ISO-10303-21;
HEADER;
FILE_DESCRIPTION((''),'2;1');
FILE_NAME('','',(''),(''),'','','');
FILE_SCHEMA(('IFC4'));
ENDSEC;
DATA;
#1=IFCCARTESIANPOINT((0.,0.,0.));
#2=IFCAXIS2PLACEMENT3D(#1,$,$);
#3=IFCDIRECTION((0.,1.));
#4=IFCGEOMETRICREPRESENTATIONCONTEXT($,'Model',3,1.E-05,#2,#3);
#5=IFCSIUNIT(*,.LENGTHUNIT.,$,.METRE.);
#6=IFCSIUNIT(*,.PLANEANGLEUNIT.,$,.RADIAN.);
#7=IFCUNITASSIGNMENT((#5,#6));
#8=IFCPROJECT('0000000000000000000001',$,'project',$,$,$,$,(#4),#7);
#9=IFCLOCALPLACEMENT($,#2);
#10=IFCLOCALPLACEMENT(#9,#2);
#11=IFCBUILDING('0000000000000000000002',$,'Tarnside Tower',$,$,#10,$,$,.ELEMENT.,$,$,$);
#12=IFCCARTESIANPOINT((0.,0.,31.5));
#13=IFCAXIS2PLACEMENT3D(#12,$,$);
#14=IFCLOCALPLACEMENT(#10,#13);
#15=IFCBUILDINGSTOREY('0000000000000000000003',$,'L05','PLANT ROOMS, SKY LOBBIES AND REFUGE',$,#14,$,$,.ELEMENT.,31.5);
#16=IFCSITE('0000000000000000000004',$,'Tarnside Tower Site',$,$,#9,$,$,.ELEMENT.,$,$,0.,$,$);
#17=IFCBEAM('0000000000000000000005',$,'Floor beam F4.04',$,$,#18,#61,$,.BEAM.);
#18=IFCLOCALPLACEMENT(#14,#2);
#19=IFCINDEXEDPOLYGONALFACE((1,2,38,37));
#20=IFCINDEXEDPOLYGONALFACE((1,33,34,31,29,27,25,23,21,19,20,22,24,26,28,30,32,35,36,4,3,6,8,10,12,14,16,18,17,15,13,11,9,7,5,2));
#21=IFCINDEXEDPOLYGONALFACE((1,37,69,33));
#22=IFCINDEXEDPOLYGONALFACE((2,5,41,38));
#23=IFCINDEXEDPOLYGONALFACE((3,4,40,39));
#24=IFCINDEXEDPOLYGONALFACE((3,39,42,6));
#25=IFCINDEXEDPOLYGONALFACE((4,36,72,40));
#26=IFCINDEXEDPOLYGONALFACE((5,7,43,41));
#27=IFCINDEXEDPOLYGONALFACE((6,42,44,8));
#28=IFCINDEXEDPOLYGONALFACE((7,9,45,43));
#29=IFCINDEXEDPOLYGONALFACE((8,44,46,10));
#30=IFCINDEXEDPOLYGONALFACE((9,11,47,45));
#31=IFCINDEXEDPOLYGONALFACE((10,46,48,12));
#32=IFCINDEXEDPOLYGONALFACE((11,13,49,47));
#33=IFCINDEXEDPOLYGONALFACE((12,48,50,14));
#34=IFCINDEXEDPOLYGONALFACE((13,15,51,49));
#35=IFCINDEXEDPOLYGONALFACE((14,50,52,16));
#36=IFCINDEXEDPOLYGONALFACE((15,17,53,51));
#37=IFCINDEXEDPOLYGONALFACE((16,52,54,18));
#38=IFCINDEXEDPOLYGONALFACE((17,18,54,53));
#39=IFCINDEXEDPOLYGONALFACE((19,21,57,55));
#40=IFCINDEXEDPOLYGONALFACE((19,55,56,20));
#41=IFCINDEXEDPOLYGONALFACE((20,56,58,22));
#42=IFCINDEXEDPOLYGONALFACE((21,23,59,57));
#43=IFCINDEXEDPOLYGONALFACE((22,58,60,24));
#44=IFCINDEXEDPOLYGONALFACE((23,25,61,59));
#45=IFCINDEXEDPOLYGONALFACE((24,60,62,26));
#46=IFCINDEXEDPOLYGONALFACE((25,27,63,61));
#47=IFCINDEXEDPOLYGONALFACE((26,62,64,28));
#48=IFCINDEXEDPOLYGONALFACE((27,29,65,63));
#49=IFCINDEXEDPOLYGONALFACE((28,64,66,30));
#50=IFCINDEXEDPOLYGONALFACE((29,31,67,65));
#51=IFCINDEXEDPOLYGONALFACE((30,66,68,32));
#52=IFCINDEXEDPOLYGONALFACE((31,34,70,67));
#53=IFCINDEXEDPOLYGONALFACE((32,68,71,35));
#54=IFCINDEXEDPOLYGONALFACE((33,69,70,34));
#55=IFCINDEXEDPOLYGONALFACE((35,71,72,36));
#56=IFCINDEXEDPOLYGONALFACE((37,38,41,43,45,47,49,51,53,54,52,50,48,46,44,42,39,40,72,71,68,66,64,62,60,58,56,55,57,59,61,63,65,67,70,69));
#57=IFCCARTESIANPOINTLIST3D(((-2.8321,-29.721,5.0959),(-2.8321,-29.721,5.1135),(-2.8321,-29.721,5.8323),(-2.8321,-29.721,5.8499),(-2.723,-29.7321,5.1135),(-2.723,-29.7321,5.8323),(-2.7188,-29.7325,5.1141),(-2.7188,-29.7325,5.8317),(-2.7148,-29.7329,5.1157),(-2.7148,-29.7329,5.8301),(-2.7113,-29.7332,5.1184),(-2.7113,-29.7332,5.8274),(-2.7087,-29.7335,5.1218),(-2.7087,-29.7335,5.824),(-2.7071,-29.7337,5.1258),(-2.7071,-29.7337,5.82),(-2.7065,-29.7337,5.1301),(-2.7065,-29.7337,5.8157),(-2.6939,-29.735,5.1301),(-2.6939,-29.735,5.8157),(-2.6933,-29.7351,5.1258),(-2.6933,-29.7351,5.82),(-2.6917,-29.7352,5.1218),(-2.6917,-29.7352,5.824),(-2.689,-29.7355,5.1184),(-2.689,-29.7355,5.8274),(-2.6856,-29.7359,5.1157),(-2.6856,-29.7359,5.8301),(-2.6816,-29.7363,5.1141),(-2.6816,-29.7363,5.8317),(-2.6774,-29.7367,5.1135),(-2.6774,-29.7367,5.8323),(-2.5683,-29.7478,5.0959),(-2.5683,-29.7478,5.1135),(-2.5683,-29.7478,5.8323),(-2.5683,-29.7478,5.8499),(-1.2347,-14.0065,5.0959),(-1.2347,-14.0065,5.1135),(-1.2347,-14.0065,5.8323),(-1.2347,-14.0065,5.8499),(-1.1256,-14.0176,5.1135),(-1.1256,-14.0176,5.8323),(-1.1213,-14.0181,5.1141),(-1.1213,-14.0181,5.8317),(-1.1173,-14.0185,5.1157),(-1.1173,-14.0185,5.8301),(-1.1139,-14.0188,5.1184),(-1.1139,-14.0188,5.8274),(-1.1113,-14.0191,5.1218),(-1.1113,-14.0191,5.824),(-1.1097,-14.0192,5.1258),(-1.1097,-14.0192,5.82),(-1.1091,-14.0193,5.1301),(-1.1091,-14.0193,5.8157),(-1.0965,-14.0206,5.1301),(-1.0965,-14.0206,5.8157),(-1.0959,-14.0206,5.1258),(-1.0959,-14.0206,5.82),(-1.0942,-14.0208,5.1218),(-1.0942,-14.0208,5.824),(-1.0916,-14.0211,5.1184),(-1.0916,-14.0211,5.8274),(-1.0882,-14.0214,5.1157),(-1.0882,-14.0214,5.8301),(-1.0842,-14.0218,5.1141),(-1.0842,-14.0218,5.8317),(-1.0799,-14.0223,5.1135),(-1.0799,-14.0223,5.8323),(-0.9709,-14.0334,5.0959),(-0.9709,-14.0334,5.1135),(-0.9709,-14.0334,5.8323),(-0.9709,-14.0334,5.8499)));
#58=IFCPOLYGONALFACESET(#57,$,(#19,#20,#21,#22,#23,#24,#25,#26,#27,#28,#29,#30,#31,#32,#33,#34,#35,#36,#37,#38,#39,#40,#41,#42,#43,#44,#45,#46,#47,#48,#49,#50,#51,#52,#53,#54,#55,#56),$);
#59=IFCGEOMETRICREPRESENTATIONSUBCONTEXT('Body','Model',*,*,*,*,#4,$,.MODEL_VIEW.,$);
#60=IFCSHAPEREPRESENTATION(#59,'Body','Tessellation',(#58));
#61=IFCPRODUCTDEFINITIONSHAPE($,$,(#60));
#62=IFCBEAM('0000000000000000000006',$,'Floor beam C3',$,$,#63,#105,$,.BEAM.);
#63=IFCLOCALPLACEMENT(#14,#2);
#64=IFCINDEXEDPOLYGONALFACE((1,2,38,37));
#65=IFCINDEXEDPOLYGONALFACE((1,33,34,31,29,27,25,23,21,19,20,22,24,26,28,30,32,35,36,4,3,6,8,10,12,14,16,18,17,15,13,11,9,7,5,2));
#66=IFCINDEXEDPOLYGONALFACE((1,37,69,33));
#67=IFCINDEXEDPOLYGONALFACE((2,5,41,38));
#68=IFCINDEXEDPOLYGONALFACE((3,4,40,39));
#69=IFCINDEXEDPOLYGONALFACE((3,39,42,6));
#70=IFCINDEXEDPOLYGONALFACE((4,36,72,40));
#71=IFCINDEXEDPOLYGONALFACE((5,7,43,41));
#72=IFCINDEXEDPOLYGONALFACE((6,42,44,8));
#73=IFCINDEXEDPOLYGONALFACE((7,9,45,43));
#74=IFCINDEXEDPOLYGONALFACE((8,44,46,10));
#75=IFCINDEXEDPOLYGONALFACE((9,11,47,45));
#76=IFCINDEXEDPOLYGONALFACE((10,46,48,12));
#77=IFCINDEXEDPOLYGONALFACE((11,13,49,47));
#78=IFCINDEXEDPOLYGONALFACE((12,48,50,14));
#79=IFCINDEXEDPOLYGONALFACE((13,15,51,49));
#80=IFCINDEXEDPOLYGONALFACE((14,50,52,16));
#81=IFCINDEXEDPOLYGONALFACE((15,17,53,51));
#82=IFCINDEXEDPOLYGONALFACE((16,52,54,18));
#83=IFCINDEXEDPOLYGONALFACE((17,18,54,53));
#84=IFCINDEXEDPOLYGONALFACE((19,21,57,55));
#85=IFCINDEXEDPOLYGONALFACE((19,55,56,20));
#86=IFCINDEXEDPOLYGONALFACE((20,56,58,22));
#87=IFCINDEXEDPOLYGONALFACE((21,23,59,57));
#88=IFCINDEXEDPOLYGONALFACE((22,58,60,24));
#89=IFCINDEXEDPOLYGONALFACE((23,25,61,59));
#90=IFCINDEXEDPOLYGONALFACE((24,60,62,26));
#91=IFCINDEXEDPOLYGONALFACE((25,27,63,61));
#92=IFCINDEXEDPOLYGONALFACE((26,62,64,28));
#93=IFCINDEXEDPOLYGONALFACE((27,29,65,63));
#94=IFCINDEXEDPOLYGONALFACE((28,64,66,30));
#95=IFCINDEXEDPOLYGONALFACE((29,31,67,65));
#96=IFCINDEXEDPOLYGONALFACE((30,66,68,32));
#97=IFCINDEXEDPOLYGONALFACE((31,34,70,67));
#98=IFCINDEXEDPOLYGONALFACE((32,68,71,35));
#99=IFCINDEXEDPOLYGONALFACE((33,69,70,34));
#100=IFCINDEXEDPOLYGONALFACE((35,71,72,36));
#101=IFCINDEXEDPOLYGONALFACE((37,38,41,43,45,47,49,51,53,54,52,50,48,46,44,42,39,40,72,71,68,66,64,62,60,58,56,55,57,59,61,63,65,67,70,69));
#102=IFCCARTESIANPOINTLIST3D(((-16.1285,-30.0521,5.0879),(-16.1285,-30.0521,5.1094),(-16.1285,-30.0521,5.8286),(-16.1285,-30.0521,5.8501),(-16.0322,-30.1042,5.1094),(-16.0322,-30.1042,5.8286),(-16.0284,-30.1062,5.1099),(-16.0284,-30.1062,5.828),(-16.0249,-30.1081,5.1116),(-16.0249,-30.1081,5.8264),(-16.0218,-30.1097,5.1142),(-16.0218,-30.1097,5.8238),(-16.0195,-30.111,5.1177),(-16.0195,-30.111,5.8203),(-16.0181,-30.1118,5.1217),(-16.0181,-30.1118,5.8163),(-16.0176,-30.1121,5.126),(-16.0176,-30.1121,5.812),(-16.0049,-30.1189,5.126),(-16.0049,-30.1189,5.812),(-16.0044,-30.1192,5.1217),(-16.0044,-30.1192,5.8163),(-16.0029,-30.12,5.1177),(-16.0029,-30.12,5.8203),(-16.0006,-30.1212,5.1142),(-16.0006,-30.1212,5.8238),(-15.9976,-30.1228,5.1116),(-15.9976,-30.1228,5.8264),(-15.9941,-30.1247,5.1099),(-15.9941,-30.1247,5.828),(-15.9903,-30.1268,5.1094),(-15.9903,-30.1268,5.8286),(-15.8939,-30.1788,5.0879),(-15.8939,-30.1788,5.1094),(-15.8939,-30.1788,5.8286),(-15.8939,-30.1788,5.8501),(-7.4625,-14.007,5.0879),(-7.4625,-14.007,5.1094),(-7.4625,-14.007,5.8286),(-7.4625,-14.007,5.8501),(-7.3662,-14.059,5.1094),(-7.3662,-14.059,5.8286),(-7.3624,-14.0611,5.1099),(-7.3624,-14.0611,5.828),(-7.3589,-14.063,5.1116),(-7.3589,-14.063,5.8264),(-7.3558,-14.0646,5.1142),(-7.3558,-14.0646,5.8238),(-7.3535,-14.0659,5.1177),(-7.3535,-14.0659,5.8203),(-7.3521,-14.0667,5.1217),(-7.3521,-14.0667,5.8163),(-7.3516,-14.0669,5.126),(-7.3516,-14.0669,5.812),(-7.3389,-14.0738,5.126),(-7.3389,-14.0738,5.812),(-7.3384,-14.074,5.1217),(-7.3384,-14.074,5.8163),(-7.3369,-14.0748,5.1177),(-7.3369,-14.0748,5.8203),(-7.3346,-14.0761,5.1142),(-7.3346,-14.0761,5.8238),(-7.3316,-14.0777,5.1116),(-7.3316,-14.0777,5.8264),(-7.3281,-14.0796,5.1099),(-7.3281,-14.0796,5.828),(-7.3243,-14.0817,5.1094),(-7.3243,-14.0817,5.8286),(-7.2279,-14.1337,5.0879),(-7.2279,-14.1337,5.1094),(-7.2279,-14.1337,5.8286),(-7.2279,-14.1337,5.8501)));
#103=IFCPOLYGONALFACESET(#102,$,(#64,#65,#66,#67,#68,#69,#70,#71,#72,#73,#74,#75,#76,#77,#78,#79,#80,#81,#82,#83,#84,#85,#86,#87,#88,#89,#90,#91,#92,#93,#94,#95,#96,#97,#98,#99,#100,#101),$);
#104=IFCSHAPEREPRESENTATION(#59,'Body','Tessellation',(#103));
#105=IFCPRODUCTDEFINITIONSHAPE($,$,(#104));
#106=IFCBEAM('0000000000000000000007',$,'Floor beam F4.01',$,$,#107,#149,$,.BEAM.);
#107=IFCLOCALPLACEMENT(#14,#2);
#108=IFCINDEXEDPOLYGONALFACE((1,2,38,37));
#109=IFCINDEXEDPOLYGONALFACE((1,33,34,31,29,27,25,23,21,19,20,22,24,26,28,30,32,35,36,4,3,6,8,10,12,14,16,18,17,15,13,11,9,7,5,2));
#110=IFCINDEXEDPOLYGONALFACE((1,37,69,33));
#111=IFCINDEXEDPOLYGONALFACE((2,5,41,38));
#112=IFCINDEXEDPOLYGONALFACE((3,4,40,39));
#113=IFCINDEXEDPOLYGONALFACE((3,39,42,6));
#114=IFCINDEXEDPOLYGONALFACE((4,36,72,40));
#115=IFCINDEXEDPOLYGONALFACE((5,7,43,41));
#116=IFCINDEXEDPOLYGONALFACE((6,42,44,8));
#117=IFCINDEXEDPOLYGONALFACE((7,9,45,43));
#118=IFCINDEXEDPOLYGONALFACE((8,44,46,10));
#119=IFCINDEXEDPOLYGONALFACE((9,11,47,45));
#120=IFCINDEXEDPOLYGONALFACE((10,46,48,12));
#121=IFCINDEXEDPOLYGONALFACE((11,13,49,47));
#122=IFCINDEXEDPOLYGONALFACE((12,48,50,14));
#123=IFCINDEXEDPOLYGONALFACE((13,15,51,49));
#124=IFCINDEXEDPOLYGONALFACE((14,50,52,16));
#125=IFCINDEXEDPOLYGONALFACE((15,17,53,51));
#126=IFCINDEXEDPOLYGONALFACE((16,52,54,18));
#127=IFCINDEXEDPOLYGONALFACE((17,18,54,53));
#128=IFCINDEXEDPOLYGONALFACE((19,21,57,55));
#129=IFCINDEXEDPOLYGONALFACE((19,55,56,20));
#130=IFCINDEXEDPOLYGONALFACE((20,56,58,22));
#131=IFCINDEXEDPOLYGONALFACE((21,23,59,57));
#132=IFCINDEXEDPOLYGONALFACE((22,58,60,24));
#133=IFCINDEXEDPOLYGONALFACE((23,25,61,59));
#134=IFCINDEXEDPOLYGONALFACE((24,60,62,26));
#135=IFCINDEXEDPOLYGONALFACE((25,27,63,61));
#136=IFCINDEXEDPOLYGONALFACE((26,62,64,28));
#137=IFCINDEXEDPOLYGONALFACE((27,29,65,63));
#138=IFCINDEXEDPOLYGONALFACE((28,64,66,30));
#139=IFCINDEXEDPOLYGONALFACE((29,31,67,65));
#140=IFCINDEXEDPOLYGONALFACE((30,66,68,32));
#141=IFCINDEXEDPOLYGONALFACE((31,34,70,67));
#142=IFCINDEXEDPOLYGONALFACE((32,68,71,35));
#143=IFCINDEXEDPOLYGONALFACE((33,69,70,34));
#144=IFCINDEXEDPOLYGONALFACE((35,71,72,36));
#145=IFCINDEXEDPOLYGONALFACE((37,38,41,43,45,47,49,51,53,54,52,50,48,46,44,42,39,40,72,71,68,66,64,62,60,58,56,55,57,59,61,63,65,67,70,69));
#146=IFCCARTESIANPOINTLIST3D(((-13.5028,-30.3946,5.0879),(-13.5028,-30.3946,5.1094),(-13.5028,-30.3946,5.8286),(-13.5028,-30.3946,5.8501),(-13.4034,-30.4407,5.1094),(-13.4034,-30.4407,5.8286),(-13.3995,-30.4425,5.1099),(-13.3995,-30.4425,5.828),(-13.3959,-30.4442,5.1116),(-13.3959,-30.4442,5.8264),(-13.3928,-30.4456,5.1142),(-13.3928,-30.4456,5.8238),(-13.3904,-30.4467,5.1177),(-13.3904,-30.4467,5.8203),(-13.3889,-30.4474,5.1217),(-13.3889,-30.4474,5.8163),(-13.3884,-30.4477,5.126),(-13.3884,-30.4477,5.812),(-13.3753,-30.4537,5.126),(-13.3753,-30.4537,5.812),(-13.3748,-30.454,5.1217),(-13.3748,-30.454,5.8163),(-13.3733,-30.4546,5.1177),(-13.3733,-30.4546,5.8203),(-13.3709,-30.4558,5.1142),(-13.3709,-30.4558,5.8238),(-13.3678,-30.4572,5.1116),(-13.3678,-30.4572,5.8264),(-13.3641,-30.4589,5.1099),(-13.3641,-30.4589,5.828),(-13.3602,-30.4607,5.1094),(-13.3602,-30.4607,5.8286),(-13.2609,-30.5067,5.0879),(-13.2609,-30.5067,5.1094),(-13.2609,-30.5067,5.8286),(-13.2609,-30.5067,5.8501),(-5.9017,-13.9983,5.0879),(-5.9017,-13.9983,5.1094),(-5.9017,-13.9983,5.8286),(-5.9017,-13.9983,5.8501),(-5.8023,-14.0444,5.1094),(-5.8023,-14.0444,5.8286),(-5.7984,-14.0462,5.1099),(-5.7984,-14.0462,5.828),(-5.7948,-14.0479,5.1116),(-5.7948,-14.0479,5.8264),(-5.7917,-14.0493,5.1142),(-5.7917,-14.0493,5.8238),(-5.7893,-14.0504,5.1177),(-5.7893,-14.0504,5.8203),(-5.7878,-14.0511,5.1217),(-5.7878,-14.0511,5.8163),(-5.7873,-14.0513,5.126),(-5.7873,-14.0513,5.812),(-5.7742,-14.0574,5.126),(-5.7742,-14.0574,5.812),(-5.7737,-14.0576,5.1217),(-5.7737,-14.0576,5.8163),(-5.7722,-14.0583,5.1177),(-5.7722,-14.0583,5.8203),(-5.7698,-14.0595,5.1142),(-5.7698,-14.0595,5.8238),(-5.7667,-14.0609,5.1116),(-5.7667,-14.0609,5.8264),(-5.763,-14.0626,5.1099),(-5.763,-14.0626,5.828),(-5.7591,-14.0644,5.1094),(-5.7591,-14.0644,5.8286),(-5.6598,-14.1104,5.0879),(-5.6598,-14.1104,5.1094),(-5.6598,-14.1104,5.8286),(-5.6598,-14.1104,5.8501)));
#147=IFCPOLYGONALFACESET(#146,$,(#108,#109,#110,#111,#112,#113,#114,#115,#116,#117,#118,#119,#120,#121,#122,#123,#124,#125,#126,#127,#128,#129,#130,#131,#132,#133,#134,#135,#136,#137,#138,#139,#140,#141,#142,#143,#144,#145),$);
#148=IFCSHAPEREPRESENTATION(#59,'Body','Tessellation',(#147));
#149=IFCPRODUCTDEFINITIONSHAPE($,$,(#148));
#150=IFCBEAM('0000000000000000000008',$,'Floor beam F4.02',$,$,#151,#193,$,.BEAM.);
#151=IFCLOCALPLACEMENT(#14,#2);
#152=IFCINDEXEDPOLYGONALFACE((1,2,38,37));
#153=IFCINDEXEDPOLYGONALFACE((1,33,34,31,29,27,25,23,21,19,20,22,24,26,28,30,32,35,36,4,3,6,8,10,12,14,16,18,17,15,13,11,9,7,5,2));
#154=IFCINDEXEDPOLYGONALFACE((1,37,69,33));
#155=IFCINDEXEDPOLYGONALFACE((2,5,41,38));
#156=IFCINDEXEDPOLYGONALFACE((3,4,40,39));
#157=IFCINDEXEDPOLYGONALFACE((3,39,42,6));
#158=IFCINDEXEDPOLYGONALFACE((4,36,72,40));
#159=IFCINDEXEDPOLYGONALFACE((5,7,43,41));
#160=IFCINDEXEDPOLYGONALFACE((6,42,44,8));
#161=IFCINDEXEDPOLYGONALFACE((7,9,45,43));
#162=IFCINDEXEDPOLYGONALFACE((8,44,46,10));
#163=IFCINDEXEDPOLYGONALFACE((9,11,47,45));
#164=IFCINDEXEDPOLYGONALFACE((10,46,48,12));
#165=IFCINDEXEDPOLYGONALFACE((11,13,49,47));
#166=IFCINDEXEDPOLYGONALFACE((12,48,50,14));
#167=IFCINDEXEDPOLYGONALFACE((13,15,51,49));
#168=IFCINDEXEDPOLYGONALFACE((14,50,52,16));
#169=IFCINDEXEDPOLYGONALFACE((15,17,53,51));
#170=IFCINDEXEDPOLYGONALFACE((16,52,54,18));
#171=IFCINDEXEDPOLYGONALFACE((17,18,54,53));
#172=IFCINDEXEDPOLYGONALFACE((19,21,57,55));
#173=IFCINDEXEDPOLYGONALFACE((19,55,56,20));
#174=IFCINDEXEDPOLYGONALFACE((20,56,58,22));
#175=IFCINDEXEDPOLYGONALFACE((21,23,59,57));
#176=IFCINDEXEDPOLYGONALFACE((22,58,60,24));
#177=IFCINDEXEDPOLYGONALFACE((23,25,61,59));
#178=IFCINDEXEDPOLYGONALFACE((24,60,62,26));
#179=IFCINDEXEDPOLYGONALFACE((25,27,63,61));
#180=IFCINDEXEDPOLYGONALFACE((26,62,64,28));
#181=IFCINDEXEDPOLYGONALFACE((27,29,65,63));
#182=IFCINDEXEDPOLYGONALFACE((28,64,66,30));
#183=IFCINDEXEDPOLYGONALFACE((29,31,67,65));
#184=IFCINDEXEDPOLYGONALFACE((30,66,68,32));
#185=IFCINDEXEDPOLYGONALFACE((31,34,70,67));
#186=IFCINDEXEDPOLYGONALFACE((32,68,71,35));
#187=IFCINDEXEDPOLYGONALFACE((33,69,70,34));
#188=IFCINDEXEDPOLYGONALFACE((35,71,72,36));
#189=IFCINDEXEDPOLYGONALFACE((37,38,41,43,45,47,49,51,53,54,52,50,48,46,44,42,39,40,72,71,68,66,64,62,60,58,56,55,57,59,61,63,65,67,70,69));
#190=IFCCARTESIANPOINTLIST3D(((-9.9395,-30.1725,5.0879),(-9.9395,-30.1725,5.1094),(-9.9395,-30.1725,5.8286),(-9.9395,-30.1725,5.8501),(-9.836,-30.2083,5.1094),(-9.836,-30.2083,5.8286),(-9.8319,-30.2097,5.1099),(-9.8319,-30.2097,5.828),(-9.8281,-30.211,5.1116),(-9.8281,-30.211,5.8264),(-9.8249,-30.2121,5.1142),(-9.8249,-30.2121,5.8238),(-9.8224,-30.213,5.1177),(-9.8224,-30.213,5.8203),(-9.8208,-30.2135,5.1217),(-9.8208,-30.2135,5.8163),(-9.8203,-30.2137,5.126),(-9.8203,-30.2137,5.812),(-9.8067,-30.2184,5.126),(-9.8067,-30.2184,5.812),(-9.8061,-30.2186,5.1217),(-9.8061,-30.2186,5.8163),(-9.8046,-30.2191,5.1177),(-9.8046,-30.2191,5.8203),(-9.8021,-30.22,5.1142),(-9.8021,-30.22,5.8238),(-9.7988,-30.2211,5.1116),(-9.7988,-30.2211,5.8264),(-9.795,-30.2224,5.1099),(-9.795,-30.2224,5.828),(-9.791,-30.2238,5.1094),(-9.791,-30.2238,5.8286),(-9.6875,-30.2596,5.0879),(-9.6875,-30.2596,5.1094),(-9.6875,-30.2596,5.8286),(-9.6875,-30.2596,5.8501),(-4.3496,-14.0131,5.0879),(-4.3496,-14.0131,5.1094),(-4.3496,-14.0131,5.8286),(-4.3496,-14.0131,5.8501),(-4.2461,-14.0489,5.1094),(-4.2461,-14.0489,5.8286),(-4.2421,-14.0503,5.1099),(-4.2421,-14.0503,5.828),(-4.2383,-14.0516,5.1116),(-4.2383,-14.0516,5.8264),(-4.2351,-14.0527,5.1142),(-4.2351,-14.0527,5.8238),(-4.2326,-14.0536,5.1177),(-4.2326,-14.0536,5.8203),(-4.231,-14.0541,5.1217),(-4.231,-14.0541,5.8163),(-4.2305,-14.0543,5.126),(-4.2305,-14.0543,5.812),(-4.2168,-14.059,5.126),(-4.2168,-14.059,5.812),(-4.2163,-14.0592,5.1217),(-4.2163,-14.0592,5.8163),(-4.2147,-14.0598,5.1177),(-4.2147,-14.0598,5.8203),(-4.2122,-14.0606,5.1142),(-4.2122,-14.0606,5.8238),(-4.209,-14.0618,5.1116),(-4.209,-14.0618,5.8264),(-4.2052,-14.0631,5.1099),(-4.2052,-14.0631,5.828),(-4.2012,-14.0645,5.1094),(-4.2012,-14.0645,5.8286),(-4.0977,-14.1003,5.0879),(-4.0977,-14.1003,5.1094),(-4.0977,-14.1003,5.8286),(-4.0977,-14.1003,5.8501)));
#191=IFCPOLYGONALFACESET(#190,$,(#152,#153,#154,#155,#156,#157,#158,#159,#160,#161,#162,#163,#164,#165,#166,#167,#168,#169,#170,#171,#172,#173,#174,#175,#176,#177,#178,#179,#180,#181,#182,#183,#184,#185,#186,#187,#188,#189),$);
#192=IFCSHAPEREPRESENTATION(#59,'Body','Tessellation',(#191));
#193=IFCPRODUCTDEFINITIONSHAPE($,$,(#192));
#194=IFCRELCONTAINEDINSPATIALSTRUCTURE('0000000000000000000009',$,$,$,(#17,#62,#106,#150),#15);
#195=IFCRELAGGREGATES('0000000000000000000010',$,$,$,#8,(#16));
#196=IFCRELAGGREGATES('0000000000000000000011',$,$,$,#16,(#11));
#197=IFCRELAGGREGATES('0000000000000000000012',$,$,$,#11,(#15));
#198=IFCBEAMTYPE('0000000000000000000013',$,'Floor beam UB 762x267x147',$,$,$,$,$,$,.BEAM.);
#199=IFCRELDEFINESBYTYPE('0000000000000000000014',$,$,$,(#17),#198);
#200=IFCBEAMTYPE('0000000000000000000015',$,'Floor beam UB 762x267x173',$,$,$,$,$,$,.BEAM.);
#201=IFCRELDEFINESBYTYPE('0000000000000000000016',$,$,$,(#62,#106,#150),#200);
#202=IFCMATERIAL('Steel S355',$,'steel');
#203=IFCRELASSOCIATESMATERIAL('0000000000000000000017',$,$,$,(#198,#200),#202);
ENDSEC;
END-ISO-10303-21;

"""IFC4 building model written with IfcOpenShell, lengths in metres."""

from ifc_helpers import new_model, si_unit, direction, frame, origin, origin_2d, place, context, subcontext, project, spatial, i_section, extrude, material, material_profile, profile_set, type_object, element, save


model = new_model("IFC4")

# Units and contexts
model_context = context("Model", 3, precision=1e-05, world=origin(), true_north=direction((0.0, 1.0)))
body_context = subcontext(model_context, "Body", "Model", "MODEL_VIEW")
ifc_project = project(units=[si_unit("LENGTHUNIT", "METRE"), si_unit("PLANEANGLEUNIT", "RADIAN")], contexts=[model_context])

# Site, building, storey
site_placement = place(None, origin())
site = spatial("IfcSite", under=ifc_project, at=site_placement, Name="Tarnside Tower Site", CompositionType="ELEMENT", RefElevation=0.0)
building_placement = place(site_placement, origin())
building = spatial("IfcBuilding", under=site, at=building_placement, Name="Tarnside Tower", CompositionType="ELEMENT")
storey_placement = place(building_placement, frame((0.0, 0.0, 31.5)))
storey = spatial("IfcBuildingStorey", under=building, at=storey_placement, Name="L05", Description="PLANT ROOMS, SKY LOBBIES AND REFUGE", CompositionType="ELEMENT", Elevation=31.5)

# Beams
ifc_material_1 = material(Name="Steel S355", Category="steel")
ifc_material_profile_1 = material_profile(ifc_material_1, i_section(OverallWidth=0.2651, OverallDepth=0.7539, WebThickness=0.0127, FlangeThickness=0.0176, FilletRadius=0.0166, at=origin_2d()), Name="UB 762x267x147")
ifc_profile_set_1 = profile_set([ifc_material_profile_1], Name="Steel S355")
beam_type_1 = type_object("IfcBeamType", Name="Floor beam UB 762x267x147", PredefinedType="BEAM", material=ifc_profile_set_1)
beam_1_placement = place(storey_placement, frame((-2.7002, -29.7344, 5.4729), z_axis=(0.101132, 0.994873, 0.0), x_axis=(-0.994873, 0.101132, 0.0)))
element("IfcBeam", 1, at=beam_1_placement, inside=storey, type_object=beam_type_1, Name="Floor beam F4.04", PredefinedType="BEAM", context=body_context, shape_type="SweptSolid", body=[
    extrude(i_section(OverallWidth=0.2651, OverallDepth=0.7539, WebThickness=0.0127, FlangeThickness=0.0176, FilletRadius=0.0166, at=origin_2d()), origin(), (0.0, 0.0, 1.0), 15.7954),
])
ifc_material_profile_2 = material_profile(ifc_material_1, i_section(OverallWidth=0.2666, OverallDepth=0.7622, WebThickness=0.0144, FlangeThickness=0.0215, FilletRadius=0.0166, at=origin_2d()), Name="UB 762x267x173")
ifc_profile_set_2 = profile_set([ifc_material_profile_2], Name="Steel S355")
beam_type_2 = type_object("IfcBeamType", Name="Floor beam UB 762x267x173", PredefinedType="BEAM", material=ifc_profile_set_2)
beam_2_placement = place(storey_placement, frame((-16.0112, -30.1155, 5.469), z_axis=(0.475218, 0.879868, 0.0), x_axis=(-0.879868, 0.475218, 0.0)))
element("IfcBeam", 2, at=beam_2_placement, inside=storey, type_object=beam_type_2, Name="Floor beam C3", PredefinedType="BEAM", context=body_context, shape_type="SweptSolid", body=[
    extrude(i_section(OverallWidth=0.2666, OverallDepth=0.7622, WebThickness=0.0144, FlangeThickness=0.0215, FilletRadius=0.0166, at=origin_2d()), origin(), (0.0, 0.0, 1.0), 18.2358),
])
beam_3_placement = place(storey_placement, frame((-13.3818, -30.4507, 5.469), z_axis=(0.420589, 0.907251, 0.0), x_axis=(-0.907251, 0.420589, 0.0)))
element("IfcBeam", 3, at=beam_3_placement, inside=storey, type_object=beam_type_2, Name="Floor beam F4.01", PredefinedType="BEAM", context=body_context, shape_type="SweptSolid", body=[
    extrude(i_section(OverallWidth=0.2666, OverallDepth=0.7622, WebThickness=0.0144, FlangeThickness=0.0215, FilletRadius=0.0166, at=origin_2d()), origin(), (0.0, 0.0, 1.0), 18.0725),
])
beam_4_placement = place(storey_placement, frame((-9.8135, -30.2161, 5.469), z_axis=(0.326912, 0.945055, 0.0), x_axis=(-0.945055, 0.326912, 0.0)))
element("IfcBeam", 4, at=beam_4_placement, inside=storey, type_object=beam_type_2, Name="Floor beam F4.02", PredefinedType="BEAM", context=body_context, shape_type="SweptSolid", body=[
    extrude(i_section(OverallWidth=0.2666, OverallDepth=0.7622, WebThickness=0.0144, FlangeThickness=0.0215, FilletRadius=0.0166, at=origin_2d()), origin(), (0.0, 0.0, 1.0), 17.0989),
])

save(model, "model.ifc")
